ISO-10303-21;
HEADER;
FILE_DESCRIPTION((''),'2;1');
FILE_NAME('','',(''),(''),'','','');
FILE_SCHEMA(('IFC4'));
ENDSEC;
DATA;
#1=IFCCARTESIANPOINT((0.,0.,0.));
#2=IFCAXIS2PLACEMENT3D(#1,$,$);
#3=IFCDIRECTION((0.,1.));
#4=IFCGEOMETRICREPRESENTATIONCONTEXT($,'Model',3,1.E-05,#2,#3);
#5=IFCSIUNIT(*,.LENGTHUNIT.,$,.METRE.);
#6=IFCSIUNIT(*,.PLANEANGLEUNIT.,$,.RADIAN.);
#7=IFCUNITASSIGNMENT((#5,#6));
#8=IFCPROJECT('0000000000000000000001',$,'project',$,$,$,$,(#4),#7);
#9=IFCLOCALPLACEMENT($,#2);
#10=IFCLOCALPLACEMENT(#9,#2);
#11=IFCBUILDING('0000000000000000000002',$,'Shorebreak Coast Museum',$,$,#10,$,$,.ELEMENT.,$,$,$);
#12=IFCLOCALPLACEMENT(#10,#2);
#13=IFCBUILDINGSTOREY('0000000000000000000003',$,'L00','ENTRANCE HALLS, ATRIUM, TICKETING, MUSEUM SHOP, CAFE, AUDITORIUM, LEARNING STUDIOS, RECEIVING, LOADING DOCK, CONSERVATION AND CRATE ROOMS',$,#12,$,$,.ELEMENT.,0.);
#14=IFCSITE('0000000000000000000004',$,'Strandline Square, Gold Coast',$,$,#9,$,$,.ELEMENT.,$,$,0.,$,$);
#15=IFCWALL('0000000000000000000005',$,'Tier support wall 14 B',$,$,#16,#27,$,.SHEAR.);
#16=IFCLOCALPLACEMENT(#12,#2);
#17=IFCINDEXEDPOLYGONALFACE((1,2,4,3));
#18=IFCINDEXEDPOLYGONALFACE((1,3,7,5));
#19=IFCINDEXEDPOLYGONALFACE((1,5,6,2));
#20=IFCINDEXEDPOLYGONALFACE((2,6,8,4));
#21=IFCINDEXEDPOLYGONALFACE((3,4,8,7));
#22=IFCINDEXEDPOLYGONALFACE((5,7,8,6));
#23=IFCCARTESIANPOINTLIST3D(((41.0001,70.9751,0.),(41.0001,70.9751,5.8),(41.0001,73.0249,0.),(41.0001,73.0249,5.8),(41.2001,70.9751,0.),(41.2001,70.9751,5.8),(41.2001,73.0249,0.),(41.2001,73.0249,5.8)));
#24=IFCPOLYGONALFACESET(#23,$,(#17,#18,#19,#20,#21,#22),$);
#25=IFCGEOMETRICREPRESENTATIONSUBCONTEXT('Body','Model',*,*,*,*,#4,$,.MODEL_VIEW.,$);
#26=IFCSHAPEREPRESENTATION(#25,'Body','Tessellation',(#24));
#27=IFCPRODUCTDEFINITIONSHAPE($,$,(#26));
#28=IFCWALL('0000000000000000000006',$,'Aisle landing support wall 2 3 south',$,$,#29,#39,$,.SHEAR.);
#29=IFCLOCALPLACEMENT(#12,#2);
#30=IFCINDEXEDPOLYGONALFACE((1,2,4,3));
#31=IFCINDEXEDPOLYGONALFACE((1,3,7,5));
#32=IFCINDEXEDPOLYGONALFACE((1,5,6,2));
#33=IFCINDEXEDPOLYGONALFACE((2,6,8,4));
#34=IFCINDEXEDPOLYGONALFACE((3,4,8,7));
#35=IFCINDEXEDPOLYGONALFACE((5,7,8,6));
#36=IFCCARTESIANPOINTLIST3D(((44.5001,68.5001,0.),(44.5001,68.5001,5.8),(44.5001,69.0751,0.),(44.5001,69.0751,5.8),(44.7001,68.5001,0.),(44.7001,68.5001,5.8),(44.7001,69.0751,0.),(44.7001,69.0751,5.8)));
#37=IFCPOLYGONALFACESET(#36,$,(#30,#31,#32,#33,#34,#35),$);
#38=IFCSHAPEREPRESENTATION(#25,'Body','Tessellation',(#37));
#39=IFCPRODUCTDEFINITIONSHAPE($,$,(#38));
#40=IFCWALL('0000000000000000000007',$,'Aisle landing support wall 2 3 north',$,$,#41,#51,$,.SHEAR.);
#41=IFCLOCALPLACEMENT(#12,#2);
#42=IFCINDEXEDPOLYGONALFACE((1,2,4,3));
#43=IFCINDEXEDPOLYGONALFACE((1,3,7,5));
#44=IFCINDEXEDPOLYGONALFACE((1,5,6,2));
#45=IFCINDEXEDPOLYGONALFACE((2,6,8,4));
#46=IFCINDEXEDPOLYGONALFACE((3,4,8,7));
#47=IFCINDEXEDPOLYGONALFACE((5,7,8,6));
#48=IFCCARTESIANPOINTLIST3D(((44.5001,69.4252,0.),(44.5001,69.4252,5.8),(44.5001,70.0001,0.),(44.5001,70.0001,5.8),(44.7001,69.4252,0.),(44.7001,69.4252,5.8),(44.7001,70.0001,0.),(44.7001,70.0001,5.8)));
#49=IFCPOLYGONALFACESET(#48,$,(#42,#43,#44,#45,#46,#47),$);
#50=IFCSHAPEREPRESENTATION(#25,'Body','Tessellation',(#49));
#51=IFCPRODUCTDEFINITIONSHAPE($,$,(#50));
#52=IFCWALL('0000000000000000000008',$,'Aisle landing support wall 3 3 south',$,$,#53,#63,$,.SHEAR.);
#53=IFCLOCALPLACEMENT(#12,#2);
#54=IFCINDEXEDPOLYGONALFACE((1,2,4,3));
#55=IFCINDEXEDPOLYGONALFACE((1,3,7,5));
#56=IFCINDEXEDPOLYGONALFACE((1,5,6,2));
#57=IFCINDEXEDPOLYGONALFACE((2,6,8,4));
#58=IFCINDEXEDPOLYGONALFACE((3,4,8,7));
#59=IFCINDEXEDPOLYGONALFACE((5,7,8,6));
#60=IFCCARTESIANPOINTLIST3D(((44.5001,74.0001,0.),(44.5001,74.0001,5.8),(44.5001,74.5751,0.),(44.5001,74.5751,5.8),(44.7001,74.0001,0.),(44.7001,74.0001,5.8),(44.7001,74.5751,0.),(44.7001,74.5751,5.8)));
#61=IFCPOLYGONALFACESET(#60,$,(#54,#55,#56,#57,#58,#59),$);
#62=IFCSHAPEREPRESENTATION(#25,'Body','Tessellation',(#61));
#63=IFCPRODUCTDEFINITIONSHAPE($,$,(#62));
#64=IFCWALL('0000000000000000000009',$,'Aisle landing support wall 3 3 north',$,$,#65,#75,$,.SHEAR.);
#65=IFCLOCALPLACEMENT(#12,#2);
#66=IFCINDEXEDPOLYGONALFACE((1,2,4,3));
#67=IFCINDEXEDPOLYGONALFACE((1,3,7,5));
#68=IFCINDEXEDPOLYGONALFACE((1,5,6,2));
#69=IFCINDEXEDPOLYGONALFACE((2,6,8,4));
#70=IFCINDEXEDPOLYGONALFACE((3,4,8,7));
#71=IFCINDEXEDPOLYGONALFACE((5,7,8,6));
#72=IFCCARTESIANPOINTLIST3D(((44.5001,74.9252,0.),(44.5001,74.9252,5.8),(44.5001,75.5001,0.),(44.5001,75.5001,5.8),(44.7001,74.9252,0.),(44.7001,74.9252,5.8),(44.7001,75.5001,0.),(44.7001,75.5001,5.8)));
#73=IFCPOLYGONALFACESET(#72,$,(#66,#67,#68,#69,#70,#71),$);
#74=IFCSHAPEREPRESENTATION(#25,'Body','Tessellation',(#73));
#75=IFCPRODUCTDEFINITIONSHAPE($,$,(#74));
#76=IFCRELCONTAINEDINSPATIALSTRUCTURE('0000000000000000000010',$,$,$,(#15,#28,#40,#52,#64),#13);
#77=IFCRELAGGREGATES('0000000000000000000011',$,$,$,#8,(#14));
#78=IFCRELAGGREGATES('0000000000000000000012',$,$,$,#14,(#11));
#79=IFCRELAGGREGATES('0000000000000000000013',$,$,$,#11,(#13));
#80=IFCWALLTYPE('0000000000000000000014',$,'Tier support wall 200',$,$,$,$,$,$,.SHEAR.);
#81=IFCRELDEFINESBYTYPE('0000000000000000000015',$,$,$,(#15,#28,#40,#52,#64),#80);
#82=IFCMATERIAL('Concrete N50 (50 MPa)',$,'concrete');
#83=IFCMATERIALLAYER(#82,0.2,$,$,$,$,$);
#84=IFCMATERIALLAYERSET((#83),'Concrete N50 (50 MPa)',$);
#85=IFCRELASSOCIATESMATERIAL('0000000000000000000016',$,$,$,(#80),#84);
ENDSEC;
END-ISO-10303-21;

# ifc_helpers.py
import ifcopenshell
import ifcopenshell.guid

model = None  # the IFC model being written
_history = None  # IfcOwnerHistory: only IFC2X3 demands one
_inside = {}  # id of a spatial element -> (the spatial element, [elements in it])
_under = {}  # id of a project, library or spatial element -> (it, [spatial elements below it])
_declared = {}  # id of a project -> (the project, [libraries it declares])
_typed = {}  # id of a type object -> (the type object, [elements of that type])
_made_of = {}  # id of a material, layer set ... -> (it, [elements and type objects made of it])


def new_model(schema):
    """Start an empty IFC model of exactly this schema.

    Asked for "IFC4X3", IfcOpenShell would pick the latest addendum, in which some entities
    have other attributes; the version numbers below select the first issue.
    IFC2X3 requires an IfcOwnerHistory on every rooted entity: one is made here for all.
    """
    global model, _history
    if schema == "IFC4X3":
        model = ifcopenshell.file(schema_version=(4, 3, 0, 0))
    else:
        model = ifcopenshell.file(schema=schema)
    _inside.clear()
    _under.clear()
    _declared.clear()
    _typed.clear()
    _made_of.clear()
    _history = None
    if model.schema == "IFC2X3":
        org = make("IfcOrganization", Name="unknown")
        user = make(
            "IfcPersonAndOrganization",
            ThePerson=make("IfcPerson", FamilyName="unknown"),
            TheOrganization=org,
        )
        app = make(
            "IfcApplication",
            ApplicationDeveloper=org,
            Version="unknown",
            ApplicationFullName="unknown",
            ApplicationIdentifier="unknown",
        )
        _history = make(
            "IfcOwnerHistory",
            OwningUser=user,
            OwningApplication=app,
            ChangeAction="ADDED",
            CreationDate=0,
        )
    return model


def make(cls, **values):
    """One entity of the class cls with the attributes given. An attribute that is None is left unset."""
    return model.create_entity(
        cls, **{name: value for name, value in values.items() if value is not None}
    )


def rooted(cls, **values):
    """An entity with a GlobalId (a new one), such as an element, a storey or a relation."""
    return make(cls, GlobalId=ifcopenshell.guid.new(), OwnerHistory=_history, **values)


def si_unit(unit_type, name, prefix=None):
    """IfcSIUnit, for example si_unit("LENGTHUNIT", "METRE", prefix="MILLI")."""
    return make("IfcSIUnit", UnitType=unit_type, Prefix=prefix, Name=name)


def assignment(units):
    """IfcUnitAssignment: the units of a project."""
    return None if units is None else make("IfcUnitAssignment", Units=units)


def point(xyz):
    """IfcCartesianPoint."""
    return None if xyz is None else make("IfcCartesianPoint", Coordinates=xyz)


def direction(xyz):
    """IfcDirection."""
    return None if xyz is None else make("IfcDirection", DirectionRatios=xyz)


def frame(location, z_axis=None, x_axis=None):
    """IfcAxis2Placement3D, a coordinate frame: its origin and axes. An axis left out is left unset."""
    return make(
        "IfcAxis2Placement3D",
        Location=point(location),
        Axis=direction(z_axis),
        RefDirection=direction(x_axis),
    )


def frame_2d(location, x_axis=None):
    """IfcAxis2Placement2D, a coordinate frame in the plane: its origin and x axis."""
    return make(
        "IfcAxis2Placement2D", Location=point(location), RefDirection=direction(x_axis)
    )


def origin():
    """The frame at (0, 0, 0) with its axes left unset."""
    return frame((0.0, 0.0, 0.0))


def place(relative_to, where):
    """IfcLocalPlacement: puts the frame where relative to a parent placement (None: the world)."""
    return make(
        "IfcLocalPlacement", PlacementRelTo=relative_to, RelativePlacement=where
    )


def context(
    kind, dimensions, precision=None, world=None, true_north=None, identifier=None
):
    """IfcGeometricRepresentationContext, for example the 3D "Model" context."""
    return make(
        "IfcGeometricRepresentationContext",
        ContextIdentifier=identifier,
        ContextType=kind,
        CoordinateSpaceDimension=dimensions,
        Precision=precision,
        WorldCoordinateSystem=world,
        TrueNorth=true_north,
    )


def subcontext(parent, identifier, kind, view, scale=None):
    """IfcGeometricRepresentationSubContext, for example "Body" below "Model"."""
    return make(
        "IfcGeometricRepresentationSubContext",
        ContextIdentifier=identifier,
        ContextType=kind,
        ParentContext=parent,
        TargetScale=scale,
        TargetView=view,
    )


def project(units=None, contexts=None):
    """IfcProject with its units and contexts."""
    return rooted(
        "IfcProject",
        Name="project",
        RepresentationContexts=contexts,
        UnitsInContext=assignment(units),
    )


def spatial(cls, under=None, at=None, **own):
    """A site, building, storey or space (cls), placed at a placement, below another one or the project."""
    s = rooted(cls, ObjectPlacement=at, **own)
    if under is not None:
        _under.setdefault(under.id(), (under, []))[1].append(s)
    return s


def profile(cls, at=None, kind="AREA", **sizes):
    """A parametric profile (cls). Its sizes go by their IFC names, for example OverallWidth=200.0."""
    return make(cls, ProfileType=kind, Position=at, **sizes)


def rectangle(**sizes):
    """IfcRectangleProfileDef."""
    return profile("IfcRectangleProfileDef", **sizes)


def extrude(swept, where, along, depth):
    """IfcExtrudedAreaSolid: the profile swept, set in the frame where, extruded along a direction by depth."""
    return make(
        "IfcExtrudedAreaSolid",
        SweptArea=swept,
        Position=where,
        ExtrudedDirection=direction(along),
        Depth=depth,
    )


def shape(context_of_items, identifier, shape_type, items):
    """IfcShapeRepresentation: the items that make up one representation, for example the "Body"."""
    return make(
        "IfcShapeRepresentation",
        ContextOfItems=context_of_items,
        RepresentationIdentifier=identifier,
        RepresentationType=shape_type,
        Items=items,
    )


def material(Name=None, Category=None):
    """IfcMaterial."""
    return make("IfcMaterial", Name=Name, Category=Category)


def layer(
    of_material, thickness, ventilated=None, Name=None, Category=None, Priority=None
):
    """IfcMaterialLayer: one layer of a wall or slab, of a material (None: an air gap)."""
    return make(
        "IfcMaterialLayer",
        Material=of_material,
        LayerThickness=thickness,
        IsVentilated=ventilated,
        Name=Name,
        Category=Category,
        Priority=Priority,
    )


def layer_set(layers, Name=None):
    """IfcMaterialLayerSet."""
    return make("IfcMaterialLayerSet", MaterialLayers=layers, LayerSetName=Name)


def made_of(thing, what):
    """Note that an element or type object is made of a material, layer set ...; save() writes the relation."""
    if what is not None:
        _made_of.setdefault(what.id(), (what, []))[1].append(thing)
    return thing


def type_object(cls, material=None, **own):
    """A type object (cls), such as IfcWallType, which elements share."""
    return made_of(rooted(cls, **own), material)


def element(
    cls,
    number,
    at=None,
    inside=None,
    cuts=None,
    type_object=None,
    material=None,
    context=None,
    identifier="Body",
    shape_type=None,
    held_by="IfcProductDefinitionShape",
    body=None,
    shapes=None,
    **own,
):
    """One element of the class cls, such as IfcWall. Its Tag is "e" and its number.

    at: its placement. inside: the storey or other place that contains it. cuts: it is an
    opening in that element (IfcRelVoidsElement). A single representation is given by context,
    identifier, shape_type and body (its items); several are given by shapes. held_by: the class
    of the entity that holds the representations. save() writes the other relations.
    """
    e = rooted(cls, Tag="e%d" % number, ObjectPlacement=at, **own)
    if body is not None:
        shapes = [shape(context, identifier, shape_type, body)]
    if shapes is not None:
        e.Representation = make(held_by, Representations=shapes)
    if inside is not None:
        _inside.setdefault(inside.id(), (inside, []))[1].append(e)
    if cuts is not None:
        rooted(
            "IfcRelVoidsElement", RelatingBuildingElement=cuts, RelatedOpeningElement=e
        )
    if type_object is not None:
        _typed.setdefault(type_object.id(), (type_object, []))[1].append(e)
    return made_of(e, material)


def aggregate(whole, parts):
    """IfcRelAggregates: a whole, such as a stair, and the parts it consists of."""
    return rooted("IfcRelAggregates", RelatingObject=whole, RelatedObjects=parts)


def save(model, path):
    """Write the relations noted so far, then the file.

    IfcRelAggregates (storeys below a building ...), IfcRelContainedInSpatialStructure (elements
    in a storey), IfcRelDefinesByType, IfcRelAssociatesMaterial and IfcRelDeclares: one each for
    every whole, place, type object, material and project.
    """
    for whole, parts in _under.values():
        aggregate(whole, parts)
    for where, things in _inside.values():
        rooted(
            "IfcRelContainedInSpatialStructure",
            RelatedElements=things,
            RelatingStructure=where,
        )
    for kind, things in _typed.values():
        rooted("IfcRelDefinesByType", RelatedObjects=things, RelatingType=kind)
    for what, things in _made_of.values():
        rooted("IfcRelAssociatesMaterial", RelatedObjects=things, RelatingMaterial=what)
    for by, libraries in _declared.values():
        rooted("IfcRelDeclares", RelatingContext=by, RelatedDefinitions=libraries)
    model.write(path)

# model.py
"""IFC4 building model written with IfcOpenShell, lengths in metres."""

from ifc_helpers import new_model, si_unit, direction, frame, frame_2d, origin, place, context, subcontext, project, spatial, rectangle, extrude, material, layer, layer_set, type_object, element, save


model = new_model("IFC4")

# Units and contexts
model_context = context("Model", 3, precision=1e-05, world=origin(), true_north=direction((0.0, 1.0)))
body_context = subcontext(model_context, "Body", "Model", "MODEL_VIEW")
ifc_project = project(units=[si_unit("LENGTHUNIT", "METRE"), si_unit("PLANEANGLEUNIT", "RADIAN")], contexts=[model_context])

# Site, building, storey
site_placement = place(None, origin())
site = spatial("IfcSite", under=ifc_project, at=site_placement, Name="Strandline Square, Gold Coast", CompositionType="ELEMENT", RefElevation=0.0)
building_placement = place(site_placement, origin())
building = spatial("IfcBuilding", under=site, at=building_placement, Name="Shorebreak Coast Museum", CompositionType="ELEMENT")
storey_placement = place(building_placement, origin())
storey = spatial("IfcBuildingStorey", under=building, at=storey_placement, Name="L00", Description="ENTRANCE HALLS, ATRIUM, TICKETING, MUSEUM SHOP, CAFE, AUDITORIUM, LEARNING STUDIOS, RECEIVING, LOADING DOCK, CONSERVATION AND CRATE ROOMS", CompositionType="ELEMENT", Elevation=0.0)

# Walls
ifc_material_1 = material(Name="Concrete N50 (50 MPa)", Category="concrete")
ifc_layer_1 = layer(ifc_material_1, 0.2)
ifc_layer_set_1 = layer_set([ifc_layer_1], Name="Concrete N50 (50 MPa)")
wall_type_1 = type_object("IfcWallType", Name="Tier support wall 200", PredefinedType="SHEAR", material=ifc_layer_set_1)
for number, where, z_axis, x_axis, name in (
    (1, (41.1001, 70.9751, 0.0), (0.0, 0.0, 1.0), (0.0, 1.0, 0.0), "Tier support wall 14 B"),
):
    element("IfcWall", number, at=place(storey_placement, frame(where, z_axis=z_axis, x_axis=x_axis)), inside=storey, type_object=wall_type_1, Name=name, PredefinedType="SHEAR", context=body_context, shape_type="SweptSolid", body=[
        extrude(rectangle(XDim=2.0498, YDim=0.2, at=frame_2d((1.0249, 0.0))), origin(), (0.0, 0.0, 1.0), 5.8),
    ])
for number, where, z_axis, x_axis, name in (
    (2, (44.6001, 68.5, 0.0), (0.0, 0.0, 1.0), (0.0, 1.0, 0.0), "Aisle landing support wall 2 3 south"),
    (3, (44.6001, 69.425, 0.0), (0.0, 0.0, 1.0), (0.0, 1.0, 0.0), "Aisle landing support wall 2 3 north"),
    (4, (44.6001, 74.0, 0.0), (0.0, 0.0, 1.0), (0.0, 1.0, 0.0), "Aisle landing support wall 3 3 south"),
    (5, (44.6001, 74.925, 0.0), (0.0, 0.0, 1.0), (0.0, 1.0, 0.0), "Aisle landing support wall 3 3 north"),
):
    element("IfcWall", number, at=place(storey_placement, frame(where, z_axis=z_axis, x_axis=x_axis)), inside=storey, type_object=wall_type_1, Name=name, PredefinedType="SHEAR", context=body_context, shape_type="SweptSolid", body=[
        extrude(rectangle(XDim=0.575, YDim=0.2, at=frame_2d((0.2876, 0.0))), origin(), (0.0, 0.0, 1.0), 5.8),
    ])

save(model, "model.ifc")
